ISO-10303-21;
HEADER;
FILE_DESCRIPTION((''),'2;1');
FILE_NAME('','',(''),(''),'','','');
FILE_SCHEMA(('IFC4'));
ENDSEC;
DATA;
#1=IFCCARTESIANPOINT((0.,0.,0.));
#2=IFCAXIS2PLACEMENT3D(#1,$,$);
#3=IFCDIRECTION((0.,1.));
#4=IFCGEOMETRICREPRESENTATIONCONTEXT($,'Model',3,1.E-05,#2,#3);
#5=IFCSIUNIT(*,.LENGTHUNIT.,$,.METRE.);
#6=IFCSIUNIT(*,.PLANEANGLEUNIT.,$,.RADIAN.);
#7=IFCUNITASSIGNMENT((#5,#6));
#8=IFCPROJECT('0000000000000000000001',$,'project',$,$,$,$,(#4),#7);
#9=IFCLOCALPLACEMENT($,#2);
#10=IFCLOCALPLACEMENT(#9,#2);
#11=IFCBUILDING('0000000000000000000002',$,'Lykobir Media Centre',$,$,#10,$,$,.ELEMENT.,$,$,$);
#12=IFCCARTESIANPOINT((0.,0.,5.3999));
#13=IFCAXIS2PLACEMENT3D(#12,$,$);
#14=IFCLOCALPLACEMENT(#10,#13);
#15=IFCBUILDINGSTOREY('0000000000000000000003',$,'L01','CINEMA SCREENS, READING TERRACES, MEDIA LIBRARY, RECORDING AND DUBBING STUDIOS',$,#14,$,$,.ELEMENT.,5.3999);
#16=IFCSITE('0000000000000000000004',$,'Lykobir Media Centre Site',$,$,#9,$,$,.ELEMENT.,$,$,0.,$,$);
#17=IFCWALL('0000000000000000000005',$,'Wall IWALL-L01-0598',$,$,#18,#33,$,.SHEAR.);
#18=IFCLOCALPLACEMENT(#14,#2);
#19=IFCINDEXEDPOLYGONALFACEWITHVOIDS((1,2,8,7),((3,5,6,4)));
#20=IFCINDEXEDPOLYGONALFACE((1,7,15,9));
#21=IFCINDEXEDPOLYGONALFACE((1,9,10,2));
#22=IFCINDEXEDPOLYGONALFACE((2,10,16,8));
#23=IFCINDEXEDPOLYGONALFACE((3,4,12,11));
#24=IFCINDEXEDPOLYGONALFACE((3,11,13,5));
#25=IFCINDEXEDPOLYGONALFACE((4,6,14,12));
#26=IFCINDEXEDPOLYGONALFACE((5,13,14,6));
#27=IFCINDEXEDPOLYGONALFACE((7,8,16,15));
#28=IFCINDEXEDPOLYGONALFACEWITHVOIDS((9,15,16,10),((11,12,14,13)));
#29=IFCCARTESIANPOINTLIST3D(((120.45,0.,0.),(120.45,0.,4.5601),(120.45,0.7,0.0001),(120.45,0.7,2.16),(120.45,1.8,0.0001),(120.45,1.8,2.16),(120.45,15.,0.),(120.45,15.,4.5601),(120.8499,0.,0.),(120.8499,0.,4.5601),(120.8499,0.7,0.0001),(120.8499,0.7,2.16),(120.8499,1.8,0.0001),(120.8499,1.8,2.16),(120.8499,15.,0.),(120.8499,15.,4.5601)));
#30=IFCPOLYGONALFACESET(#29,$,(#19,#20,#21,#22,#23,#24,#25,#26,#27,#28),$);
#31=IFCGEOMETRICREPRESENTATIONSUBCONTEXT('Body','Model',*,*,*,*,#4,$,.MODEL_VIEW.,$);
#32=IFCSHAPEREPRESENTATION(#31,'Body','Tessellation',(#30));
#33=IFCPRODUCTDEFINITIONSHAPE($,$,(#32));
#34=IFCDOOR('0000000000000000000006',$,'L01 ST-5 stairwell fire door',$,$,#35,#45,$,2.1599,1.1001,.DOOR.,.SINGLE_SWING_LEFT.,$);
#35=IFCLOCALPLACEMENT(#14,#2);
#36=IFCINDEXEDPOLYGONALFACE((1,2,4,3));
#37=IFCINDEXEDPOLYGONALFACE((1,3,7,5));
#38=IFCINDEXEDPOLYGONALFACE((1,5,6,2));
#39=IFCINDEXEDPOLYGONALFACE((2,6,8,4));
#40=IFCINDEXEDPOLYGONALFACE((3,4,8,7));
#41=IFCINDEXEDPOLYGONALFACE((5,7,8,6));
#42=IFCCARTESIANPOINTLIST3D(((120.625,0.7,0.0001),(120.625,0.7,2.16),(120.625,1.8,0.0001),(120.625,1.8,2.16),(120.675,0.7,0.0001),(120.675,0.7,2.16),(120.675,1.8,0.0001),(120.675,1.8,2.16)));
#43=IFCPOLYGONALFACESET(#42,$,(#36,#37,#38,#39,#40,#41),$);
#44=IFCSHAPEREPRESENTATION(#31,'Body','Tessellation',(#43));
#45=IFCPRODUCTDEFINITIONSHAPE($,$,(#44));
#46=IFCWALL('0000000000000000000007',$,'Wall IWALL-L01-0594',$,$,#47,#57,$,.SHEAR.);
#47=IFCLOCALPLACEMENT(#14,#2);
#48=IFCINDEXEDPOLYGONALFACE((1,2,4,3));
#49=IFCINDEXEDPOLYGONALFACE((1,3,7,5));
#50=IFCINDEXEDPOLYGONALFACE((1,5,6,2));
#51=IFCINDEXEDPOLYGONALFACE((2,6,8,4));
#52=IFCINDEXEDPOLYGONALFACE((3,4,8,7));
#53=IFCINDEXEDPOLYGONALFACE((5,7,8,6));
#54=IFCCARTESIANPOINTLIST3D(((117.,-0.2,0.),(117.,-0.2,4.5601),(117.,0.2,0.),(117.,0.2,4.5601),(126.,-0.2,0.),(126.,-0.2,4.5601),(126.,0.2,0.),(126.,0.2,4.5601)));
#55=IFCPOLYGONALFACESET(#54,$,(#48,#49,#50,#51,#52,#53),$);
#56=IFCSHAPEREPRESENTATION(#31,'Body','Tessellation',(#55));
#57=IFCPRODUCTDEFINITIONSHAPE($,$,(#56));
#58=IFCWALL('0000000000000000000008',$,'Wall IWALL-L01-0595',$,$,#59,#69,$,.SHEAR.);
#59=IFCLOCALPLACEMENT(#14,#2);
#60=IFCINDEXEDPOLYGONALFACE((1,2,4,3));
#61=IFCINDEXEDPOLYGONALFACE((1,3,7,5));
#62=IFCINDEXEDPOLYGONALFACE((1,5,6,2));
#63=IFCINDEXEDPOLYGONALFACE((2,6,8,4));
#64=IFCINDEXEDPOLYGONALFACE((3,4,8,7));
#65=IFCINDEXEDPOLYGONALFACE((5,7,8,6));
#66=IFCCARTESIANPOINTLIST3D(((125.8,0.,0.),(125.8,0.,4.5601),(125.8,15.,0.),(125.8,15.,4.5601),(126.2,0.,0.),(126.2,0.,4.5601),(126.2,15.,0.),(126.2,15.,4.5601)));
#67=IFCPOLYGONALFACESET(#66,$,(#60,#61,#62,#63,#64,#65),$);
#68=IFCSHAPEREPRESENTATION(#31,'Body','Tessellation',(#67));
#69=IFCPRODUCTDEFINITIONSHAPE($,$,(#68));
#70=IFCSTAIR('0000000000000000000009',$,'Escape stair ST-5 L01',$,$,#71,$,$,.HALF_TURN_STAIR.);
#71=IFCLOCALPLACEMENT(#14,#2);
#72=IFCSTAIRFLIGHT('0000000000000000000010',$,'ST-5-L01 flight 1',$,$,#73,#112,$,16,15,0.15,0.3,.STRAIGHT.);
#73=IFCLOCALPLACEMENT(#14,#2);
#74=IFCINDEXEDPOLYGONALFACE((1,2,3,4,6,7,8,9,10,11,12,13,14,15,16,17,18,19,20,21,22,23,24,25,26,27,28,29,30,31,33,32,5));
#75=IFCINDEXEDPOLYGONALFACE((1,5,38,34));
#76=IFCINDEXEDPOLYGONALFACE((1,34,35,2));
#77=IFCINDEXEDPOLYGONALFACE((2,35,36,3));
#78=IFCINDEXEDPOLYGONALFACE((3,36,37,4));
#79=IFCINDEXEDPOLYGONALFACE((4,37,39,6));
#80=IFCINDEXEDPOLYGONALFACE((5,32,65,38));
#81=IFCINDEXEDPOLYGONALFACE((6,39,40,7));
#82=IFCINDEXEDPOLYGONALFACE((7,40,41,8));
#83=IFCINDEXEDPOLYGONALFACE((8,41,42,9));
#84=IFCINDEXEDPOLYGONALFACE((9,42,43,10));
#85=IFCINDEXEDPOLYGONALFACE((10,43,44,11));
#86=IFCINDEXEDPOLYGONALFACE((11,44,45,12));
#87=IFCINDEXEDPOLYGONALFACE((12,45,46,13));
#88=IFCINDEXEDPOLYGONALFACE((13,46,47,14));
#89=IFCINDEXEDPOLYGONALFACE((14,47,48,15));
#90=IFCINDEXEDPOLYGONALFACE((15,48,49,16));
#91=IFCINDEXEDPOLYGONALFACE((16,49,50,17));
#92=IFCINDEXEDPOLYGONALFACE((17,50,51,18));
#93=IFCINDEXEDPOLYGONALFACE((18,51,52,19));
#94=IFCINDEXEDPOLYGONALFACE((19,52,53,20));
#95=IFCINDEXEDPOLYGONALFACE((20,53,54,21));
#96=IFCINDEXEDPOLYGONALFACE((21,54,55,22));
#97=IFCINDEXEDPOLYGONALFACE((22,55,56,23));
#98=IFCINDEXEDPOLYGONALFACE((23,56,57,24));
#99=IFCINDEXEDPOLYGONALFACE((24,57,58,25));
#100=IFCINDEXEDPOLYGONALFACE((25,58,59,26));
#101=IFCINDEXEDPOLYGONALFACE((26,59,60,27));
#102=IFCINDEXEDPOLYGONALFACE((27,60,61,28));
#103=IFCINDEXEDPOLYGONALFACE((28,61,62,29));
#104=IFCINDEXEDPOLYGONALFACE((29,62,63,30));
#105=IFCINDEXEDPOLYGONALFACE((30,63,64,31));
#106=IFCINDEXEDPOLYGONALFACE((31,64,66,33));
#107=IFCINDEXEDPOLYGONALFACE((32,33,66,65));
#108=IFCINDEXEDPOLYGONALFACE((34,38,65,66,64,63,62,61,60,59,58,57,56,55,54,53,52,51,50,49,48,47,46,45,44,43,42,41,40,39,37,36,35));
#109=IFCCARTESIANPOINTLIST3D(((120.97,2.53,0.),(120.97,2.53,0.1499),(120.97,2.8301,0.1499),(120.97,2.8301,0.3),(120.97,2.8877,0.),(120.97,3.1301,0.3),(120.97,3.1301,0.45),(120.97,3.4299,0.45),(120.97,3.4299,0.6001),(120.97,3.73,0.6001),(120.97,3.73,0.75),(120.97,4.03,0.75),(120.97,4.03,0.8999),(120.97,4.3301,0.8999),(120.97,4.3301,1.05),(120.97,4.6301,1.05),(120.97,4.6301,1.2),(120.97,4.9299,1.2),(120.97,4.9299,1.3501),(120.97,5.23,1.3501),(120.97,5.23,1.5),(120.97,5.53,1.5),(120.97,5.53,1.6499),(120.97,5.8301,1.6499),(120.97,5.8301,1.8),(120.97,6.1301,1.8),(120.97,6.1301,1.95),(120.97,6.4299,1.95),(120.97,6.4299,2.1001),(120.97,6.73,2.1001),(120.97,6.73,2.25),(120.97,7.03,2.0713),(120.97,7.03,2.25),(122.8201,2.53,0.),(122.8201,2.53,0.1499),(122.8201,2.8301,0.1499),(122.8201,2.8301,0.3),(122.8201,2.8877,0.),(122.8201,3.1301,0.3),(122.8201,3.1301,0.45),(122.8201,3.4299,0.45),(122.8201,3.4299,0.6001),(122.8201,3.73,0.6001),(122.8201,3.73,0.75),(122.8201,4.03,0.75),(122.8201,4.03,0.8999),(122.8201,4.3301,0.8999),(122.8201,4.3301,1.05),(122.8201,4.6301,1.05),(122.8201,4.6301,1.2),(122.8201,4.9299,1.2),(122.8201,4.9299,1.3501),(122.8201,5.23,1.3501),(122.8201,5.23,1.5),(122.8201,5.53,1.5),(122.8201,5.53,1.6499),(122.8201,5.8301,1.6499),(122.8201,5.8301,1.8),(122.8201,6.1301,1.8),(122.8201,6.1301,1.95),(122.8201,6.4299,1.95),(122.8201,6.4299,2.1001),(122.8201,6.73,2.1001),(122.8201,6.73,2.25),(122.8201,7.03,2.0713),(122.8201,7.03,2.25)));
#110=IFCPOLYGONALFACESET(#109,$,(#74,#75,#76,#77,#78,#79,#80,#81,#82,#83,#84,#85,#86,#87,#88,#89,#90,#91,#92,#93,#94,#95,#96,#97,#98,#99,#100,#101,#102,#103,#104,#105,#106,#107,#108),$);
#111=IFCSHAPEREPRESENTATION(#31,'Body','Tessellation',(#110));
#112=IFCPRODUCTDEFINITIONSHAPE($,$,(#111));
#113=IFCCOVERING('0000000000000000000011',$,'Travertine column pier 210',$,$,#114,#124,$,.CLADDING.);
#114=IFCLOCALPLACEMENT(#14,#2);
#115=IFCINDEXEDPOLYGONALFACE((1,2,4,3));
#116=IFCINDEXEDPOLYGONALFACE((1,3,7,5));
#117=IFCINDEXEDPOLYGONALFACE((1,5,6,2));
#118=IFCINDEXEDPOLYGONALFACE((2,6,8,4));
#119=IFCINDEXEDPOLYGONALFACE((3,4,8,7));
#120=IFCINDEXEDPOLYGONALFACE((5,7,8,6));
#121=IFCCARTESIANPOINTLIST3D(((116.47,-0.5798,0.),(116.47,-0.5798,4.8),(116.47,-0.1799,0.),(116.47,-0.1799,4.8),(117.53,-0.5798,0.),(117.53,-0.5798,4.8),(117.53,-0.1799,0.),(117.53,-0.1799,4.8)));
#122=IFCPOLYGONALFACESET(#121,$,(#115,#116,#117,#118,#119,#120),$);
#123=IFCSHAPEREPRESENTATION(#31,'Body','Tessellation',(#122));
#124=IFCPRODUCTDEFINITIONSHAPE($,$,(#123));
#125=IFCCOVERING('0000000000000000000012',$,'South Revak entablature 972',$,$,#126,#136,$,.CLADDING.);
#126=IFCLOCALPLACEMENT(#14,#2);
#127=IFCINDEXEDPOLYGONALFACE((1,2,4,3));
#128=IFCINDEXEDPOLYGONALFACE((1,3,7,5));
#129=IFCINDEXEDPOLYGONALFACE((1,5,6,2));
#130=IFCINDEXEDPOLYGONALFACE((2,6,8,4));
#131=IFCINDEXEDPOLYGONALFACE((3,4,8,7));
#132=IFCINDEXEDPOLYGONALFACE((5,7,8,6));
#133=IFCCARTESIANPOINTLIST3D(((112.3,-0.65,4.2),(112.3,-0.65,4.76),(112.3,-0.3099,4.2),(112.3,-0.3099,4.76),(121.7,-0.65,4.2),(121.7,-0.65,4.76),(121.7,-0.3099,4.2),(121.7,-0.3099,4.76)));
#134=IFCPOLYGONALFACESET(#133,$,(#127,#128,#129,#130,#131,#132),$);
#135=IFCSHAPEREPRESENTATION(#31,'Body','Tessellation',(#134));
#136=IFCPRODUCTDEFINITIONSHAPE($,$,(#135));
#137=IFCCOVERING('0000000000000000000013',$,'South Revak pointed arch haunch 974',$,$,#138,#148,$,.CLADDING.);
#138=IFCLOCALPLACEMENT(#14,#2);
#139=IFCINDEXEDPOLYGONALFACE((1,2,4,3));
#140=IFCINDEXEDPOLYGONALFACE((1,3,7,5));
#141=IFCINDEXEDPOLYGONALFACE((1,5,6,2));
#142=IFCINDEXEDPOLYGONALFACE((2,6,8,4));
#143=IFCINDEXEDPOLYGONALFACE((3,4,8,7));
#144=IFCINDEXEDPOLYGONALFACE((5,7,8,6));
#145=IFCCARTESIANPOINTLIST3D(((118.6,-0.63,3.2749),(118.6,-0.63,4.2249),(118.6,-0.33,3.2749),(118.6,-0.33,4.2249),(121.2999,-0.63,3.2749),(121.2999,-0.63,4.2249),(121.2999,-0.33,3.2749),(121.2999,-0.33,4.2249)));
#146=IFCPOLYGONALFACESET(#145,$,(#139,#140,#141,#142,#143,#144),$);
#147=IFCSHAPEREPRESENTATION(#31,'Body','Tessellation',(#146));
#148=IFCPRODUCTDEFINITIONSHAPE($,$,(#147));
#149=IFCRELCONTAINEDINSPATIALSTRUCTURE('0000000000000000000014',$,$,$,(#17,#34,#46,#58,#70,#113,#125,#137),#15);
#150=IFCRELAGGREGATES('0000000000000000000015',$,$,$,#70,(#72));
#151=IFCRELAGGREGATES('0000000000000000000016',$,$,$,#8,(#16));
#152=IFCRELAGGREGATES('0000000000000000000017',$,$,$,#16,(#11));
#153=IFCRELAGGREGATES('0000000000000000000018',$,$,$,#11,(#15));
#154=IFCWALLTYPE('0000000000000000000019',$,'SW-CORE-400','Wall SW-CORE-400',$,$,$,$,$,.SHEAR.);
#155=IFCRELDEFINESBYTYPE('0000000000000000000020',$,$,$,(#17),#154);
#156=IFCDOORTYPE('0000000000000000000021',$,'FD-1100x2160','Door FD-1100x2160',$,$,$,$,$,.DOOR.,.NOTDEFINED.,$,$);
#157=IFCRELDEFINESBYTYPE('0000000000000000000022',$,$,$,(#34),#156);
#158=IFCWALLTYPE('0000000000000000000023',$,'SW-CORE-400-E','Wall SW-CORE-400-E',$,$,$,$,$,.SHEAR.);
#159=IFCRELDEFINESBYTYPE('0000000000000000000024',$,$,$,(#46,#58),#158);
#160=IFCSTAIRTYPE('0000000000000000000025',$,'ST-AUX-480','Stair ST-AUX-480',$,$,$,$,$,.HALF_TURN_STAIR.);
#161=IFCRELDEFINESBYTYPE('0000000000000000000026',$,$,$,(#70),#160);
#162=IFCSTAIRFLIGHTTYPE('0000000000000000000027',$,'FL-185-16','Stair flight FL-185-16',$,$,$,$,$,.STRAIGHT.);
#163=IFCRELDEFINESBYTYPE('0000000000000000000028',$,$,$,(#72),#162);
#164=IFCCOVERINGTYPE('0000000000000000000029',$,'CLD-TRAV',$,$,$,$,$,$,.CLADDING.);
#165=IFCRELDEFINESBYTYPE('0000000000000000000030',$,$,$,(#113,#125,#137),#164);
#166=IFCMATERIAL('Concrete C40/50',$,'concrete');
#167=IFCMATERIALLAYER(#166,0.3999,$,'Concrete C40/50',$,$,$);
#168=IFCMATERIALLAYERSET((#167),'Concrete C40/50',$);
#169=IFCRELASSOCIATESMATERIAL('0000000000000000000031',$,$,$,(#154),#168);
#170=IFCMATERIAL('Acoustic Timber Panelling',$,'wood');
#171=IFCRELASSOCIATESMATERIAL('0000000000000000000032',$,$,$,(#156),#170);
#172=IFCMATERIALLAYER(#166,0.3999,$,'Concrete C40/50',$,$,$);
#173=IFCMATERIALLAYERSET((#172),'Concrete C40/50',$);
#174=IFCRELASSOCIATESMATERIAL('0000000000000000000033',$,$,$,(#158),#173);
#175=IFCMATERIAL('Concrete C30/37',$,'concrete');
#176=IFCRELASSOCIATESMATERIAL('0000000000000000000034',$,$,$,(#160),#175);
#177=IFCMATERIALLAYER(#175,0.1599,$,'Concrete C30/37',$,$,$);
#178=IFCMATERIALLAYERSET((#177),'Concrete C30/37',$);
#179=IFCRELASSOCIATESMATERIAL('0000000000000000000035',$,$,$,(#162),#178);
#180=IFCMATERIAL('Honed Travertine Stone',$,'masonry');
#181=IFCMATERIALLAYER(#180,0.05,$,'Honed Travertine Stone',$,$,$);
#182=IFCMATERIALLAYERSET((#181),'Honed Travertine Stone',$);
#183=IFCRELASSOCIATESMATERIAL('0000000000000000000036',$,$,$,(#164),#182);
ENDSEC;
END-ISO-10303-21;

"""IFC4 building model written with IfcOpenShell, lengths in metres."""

from ifc_helpers import new_model, si_unit, direction, frame, frame_2d, origin, origin_2d, place, context, subcontext, project, spatial, polyline, rectangle, outline, extrude, material, layer, layer_set, type_object, element, fill, aggregate, save


model = new_model("IFC4")

# Units and contexts
model_context = context("Model", 3, precision=1e-05, world=origin(), true_north=direction((0.0, 1.0)))
body_context = subcontext(model_context, "Body", "Model", "MODEL_VIEW")
ifc_project = project(units=[si_unit("LENGTHUNIT", "METRE"), si_unit("PLANEANGLEUNIT", "RADIAN")], contexts=[model_context])

# Site, building, storey
site_placement = place(None, origin())
site = spatial("IfcSite", under=ifc_project, at=site_placement, Name="Lykobir Media Centre Site", CompositionType="ELEMENT", RefElevation=0.0)
building_placement = place(site_placement, origin())
building = spatial("IfcBuilding", under=site, at=building_placement, Name="Lykobir Media Centre", CompositionType="ELEMENT")
storey_placement = place(building_placement, frame((0.0, 0.0, 5.3999)))
storey = spatial("IfcBuildingStorey", under=building, at=storey_placement, Name="L01", Description="CINEMA SCREENS, READING TERRACES, MEDIA LIBRARY, RECORDING AND DUBBING STUDIOS", CompositionType="ELEMENT", Elevation=5.3999)

# Shared definitions
ifc_material_1 = material(Name="Honed Travertine Stone", Category="masonry")
ifc_material_2 = material(Name="Concrete C40/50", Category="concrete")

# Shared definitions
ifc_material_3 = material(Name="Concrete C30/37", Category="concrete")

# Wall, opening, door
ifc_layer_1 = layer(ifc_material_2, 0.3999, Name="Concrete C40/50")
ifc_layer_set_1 = layer_set([ifc_layer_1], Name="Concrete C40/50")
wall_type_1 = type_object("IfcWallType", Name="SW-CORE-400", Description="Wall SW-CORE-400", PredefinedType="SHEAR", material=ifc_layer_set_1)
wall_1_placement = place(storey_placement, frame((120.6499, 0.0, 0.0), z_axis=(0.0, 0.0, 1.0), x_axis=(0.0, 1.0, 0.0)))
wall_1 = element("IfcWall", 1, at=wall_1_placement, inside=storey, type_object=wall_type_1, Name="Wall IWALL-L01-0598", PredefinedType="SHEAR", context=body_context, shape_type="SweptSolid", body=[
    extrude(rectangle(XDim=15.0, YDim=0.3999, at=frame_2d((7.5, 0.0))), origin(), (0.0, 0.0, 1.0), 4.5601),
])
opening_placement = place(wall_1_placement, frame((0.7, 0.0, 0.0)))
opening = element("IfcOpeningElement", 2, at=opening_placement, cuts=wall_1, PredefinedType="OPENING", context=body_context, shape_type="SweptSolid", body=[
    extrude(rectangle(XDim=1.1001, YDim=2.1599, at=frame_2d((0.55, 1.0801))), frame((0.0, 0.21, 0.0), z_axis=(0.0, -1.0, 0.0), x_axis=(1.0, 0.0, 0.0)), (0.0, 0.0, 1.0), 0.4199),
])
ifc_material_4 = material(Name="Acoustic Timber Panelling", Category="wood")
door_type = type_object("IfcDoorType", Name="FD-1100x2160", Description="Door FD-1100x2160", OperationType="NOTDEFINED", PredefinedType="DOOR", material=ifc_material_4)
door_placement = place(opening_placement, origin())
door = element("IfcDoor", 3, at=door_placement, inside=storey, type_object=door_type, Name="L01 ST-5 stairwell fire door", OperationType="SINGLE_SWING_LEFT", OverallHeight=2.1599, OverallWidth=1.1001, PredefinedType="DOOR", context=body_context, shape_type="SweptSolid", body=[
    extrude(rectangle(XDim=1.1001, YDim=2.1599, at=frame_2d((0.55, 1.0801))), frame((0.0, 0.0249, 0.0), z_axis=(0.0, -1.0, 0.0), x_axis=(1.0, 0.0, 0.0)), (0.0, 0.0, 1.0), 0.05),
])
fill(opening, door)

# Walls
ifc_layer_2 = layer(ifc_material_2, 0.3999, Name="Concrete C40/50")
ifc_layer_set_2 = layer_set([ifc_layer_2], Name="Concrete C40/50")
wall_type_2 = type_object("IfcWallType", Name="SW-CORE-400-E", Description="Wall SW-CORE-400-E", PredefinedType="SHEAR", material=ifc_layer_set_2)
wall_2_placement = place(storey_placement, frame((117.0, 0.0, 0.0), z_axis=(0.0, 0.0, 1.0), x_axis=(1.0, 0.0, 0.0)))
element("IfcWall", 4, at=wall_2_placement, inside=storey, type_object=wall_type_2, Name="Wall IWALL-L01-0594", PredefinedType="SHEAR", context=body_context, shape_type="SweptSolid", body=[
    extrude(rectangle(XDim=9.0, YDim=0.3999, at=frame_2d((4.5, 0.0))), origin(), (0.0, 0.0, 1.0), 4.5601),
])
wall_3_placement = place(storey_placement, frame((126.0, 0.0, 0.0), z_axis=(0.0, 0.0, 1.0), x_axis=(0.0, 1.0, 0.0)))
element("IfcWall", 5, at=wall_3_placement, inside=storey, type_object=wall_type_2, Name="Wall IWALL-L01-0595", PredefinedType="SHEAR", context=body_context, shape_type="SweptSolid", body=[
    extrude(rectangle(XDim=15.0, YDim=0.3999, at=frame_2d((7.5, 0.0))), origin(), (0.0, 0.0, 1.0), 4.5601),
])

# Stair, stair flight
stair_type = type_object("IfcStairType", Name="ST-AUX-480", Description="Stair ST-AUX-480", PredefinedType="HALF_TURN_STAIR", material=ifc_material_3)
stair_placement = place(storey_placement, origin())
stair = element("IfcStair", 6, at=stair_placement, inside=storey, type_object=stair_type, Name="Escape stair ST-5 L01", PredefinedType="HALF_TURN_STAIR")
ifc_layer_3 = layer(ifc_material_3, 0.1599, Name="Concrete C30/37")
ifc_layer_set_3 = layer_set([ifc_layer_3], Name="Concrete C30/37")
stair_flight_type = type_object("IfcStairFlightType", Name="FL-185-16", Description="Stair flight FL-185-16", PredefinedType="STRAIGHT", material=ifc_layer_set_3)
stair_flight_placement = place(storey_placement, frame((121.895, 2.53, 0.0), z_axis=(0.0, 0.0, 1.0), x_axis=(0.0, 1.0, 0.0)))
stair_flight = element("IfcStairFlight", 7, at=stair_flight_placement, type_object=stair_flight_type, Name="ST-5-L01 flight 1", NumberOfRisers=16, NumberOfTreads=15, PredefinedType="STRAIGHT", RiserHeight=0.15, TreadLength=0.3, context=body_context, shape_type="SweptSolid", body=[
    extrude(outline(polyline([(0.0, 0.0), (0.0, 0.1499), (0.3, 0.1499), (0.3, 0.3), (0.6001, 0.3), (0.6001, 0.45), (0.8999, 0.45), (0.8999, 0.6001), (1.2, 0.6001), (1.2, 0.75), (1.5, 0.75), (1.5, 0.8999), (1.8, 0.8999), (1.8, 1.05), (2.1001, 1.05), (2.1001, 1.2), (2.3999, 1.2), (2.3999, 1.3501), (2.7, 1.3501), (2.7, 1.5), (3.0, 1.5), (3.0, 1.6499), (3.3, 1.6499), (3.3, 1.8), (3.6001, 1.8), (3.6001, 1.95), (3.8999, 1.95), (3.8999, 2.1001), (4.2, 2.1001), (4.2, 2.25), (4.5, 2.25), (4.5, 2.3999), (4.5, 2.0713), (0.3577, 0.0), (0.0, 0.0)])), frame((0.0, 0.925, 0.0), z_axis=(0.0, -1.0, 0.0), x_axis=(1.0, 0.0, 0.0)), (0.0, 0.0, 1.0), 1.8501),
])
aggregate(stair, [stair_flight])

# Coverings
ifc_layer_4 = layer(ifc_material_1, 0.05, Name="Honed Travertine Stone")
ifc_layer_set_4 = layer_set([ifc_layer_4], Name="Honed Travertine Stone")
covering_type = type_object("IfcCoveringType", Name="CLD-TRAV", PredefinedType="CLADDING", material=ifc_layer_set_4)
covering_1_placement = place(storey_placement, frame((117.0, -0.3799, 0.0), z_axis=(0.0, 0.0, 1.0), x_axis=(1.0, 0.0, 0.0)))
element("IfcCovering", 8, at=covering_1_placement, inside=storey, type_object=covering_type, Name="Travertine column pier 210", PredefinedType="CLADDING", context=body_context, shape_type="SweptSolid", body=[
    extrude(rectangle(XDim=1.0601, YDim=0.3999, at=origin_2d()), origin(), (0.0, 0.0, 1.0), 4.8),
])
covering_2_placement = place(storey_placement, frame((117.0, -0.48, 4.2), z_axis=(0.0, 0.0, 1.0), x_axis=(1.0, 0.0, 0.0)))
element("IfcCovering", 9, at=covering_2_placement, inside=storey, type_object=covering_type, Name="South Revak entablature 972", PredefinedType="CLADDING", context=body_context, shape_type="SweptSolid", body=[
    extrude(rectangle(XDim=9.3999, YDim=0.3401, at=origin_2d()), origin(), (0.0, 0.0, 1.0), 0.5601),
])
covering_3_placement = place(storey_placement, frame((119.95, -0.48, 3.2749), z_axis=(0.0, 0.0, 1.0), x_axis=(1.0, 0.0, 0.0)))
element("IfcCovering", 10, at=covering_3_placement, inside=storey, type_object=covering_type, Name="South Revak pointed arch haunch 974", PredefinedType="CLADDING", context=body_context, shape_type="SweptSolid", body=[
    extrude(rectangle(XDim=2.7, YDim=0.3, at=origin_2d()), origin(), (0.0, 0.0, 1.0), 0.95),
])

save(model, "model.ifc")
